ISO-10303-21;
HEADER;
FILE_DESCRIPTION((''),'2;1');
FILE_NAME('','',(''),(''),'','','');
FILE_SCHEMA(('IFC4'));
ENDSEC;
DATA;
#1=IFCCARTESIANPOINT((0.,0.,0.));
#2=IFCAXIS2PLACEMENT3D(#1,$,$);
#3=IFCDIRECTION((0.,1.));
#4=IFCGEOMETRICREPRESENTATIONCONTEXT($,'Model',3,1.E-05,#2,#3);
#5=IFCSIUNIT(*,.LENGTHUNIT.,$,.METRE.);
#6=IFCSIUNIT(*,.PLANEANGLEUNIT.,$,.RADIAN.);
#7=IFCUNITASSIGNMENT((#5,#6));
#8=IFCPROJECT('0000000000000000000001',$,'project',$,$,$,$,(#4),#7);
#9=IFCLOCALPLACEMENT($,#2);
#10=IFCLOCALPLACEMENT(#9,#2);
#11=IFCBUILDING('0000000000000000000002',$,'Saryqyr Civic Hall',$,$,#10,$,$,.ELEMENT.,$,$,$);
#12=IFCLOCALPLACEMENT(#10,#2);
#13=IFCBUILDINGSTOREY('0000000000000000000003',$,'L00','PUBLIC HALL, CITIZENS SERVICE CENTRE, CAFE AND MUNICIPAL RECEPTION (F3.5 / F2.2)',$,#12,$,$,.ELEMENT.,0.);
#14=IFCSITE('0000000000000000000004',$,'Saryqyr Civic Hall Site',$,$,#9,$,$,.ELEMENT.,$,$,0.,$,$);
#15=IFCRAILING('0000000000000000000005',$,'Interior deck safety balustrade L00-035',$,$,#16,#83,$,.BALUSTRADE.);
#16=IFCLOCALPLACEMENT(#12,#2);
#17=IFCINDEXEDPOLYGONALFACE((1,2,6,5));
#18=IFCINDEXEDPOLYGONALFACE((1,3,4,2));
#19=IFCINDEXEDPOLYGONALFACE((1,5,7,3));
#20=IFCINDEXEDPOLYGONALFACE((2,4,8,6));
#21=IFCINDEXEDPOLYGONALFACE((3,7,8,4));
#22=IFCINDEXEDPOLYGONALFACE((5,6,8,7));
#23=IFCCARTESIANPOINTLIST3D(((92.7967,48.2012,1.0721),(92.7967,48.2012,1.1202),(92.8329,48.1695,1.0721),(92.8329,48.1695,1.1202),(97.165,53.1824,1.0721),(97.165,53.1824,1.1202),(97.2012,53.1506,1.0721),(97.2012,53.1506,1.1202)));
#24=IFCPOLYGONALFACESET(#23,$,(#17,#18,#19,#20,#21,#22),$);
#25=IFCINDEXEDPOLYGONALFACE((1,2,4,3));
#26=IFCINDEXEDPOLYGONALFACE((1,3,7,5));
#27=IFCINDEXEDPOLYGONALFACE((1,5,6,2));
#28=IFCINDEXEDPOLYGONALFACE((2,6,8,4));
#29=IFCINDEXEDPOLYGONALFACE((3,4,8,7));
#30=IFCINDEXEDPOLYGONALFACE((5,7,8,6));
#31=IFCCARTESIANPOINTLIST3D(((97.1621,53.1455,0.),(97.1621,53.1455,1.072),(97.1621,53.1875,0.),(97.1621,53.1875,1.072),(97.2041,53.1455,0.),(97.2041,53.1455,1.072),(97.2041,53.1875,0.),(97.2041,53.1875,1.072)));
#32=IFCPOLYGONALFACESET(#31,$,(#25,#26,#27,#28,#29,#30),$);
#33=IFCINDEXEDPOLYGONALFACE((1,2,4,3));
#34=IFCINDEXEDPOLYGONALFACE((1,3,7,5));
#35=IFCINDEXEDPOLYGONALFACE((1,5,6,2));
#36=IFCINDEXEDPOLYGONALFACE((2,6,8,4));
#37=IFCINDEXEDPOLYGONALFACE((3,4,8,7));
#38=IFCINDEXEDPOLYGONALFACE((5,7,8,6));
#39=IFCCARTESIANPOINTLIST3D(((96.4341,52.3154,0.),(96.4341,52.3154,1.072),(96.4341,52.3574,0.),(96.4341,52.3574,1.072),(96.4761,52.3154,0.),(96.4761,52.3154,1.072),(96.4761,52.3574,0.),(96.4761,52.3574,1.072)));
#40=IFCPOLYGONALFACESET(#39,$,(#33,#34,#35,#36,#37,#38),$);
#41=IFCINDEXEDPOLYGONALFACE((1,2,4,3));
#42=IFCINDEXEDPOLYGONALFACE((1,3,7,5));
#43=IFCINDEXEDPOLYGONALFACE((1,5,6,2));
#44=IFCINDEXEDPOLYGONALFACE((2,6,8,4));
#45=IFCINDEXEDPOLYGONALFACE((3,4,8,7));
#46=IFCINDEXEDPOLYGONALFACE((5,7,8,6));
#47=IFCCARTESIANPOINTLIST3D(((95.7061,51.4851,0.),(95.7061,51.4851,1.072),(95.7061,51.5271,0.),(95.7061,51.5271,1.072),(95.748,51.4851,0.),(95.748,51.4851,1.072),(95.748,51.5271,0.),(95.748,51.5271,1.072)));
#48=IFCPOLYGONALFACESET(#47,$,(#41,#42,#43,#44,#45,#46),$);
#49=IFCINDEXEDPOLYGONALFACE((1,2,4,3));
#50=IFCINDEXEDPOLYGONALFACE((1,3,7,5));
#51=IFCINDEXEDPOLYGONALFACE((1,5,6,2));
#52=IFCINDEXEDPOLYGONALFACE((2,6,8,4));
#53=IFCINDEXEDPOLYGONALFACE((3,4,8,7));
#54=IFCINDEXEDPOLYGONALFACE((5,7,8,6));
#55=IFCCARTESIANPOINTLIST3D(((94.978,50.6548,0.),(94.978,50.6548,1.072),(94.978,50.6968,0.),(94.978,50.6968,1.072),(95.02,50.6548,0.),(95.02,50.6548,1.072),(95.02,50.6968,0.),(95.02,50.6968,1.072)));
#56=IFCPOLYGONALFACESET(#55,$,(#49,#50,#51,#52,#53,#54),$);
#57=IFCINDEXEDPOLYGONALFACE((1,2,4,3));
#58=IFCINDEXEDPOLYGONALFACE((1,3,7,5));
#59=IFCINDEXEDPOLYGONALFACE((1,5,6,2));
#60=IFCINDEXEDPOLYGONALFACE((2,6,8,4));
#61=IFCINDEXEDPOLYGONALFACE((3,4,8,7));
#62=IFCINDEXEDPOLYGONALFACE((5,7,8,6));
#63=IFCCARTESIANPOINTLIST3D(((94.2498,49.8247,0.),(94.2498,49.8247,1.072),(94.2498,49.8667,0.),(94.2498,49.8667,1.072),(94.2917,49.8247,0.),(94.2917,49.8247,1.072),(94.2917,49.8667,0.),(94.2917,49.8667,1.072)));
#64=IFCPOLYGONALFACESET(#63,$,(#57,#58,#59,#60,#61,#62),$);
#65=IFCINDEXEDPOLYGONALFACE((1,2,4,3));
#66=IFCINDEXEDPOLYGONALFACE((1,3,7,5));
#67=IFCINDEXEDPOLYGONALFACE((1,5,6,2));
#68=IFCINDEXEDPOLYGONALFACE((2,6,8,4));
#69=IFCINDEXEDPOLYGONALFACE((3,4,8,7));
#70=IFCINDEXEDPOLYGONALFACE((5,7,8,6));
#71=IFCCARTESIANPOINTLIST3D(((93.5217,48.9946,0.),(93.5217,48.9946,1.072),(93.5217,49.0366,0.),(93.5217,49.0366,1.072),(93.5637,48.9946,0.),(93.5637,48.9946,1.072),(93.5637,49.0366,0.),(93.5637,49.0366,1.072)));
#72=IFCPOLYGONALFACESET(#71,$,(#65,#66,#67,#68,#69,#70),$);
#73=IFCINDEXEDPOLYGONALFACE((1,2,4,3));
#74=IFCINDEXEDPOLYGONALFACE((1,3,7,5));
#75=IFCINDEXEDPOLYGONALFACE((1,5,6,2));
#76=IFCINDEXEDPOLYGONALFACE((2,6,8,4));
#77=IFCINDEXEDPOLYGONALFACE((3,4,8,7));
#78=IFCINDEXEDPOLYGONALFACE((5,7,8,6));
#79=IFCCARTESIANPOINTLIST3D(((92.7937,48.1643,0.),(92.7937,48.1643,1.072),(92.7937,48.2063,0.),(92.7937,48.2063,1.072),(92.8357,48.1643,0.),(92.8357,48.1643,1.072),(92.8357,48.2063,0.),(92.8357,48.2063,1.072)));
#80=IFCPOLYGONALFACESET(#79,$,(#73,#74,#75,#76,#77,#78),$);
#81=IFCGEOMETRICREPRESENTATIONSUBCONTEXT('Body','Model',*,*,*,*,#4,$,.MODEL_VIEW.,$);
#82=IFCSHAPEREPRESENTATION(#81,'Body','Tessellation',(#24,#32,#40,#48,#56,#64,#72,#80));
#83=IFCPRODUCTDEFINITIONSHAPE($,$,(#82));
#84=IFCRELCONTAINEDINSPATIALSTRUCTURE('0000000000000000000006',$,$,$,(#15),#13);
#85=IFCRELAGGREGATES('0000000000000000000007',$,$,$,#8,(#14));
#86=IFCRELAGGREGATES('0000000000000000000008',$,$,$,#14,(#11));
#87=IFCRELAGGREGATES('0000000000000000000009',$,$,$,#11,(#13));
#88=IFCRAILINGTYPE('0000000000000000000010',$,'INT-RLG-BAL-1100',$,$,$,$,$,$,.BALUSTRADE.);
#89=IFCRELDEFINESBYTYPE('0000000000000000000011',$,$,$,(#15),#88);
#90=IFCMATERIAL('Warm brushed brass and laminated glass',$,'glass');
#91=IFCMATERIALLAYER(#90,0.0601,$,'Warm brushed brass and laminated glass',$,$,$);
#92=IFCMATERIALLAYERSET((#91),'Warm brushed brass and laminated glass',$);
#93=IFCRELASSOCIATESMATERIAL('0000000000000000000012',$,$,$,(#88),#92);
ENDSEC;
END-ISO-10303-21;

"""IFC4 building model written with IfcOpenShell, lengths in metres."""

from ifc_helpers import new_model, si_unit, direction, frame, origin, origin_2d, place, context, subcontext, project, spatial, rectangle, extrude, material, layer, layer_set, type_object, element, save


model = new_model("IFC4")

# Units and contexts
model_context = context("Model", 3, precision=1e-05, world=origin(), true_north=direction((0.0, 1.0)))
body_context = subcontext(model_context, "Body", "Model", "MODEL_VIEW")
ifc_project = project(units=[si_unit("LENGTHUNIT", "METRE"), si_unit("PLANEANGLEUNIT", "RADIAN")], contexts=[model_context])

# Site, building, storey
site_placement = place(None, origin())
site = spatial("IfcSite", under=ifc_project, at=site_placement, Name="Saryqyr Civic Hall Site", CompositionType="ELEMENT", RefElevation=0.0)
building_placement = place(site_placement, origin())
building = spatial("IfcBuilding", under=site, at=building_placement, Name="Saryqyr Civic Hall", CompositionType="ELEMENT")
storey_placement = place(building_placement, origin())
storey = spatial("IfcBuildingStorey", under=building, at=storey_placement, Name="L00", Description="PUBLIC HALL, CITIZENS SERVICE CENTRE, CAFE AND MUNICIPAL RECEPTION (F3.5 / F2.2)", CompositionType="ELEMENT", Elevation=0.0)

# Railing
ifc_material_1 = material(Name="Warm brushed brass and laminated glass", Category="glass")
ifc_layer_1 = layer(ifc_material_1, 0.0601, Name="Warm brushed brass and laminated glass")
ifc_layer_set_1 = layer_set([ifc_layer_1], Name="Warm brushed brass and laminated glass")
railing_type = type_object("IfcRailingType", Name="INT-RLG-BAL-1100", PredefinedType="BALUSTRADE", material=ifc_layer_set_1)
railing_1_placement = place(storey_placement, frame((97.1831, 53.1665, 0.0)))
element("IfcRailing", 1, at=railing_1_placement, inside=storey, type_object=railing_type, Name="Interior deck safety balustrade L00-035", PredefinedType="BALUSTRADE", context=body_context, shape_type="SweptSolid", body=[
    extrude(rectangle(XDim=0.0481, YDim=0.0481, at=origin_2d()), frame((0.0, 0.0, 1.0962), z_axis=(-0.659347, -0.751839, 0.0), x_axis=(0.751839, -0.659347, 0.0)), (0.0, 0.0, 1.0), 6.6252),
    extrude(rectangle(XDim=0.042, YDim=0.042, at=origin_2d()), origin(), (0.0, 0.0, 1.0), 1.072),
    extrude(rectangle(XDim=0.042, YDim=0.042, at=origin_2d()), frame((-0.728, -0.8301, 0.0)), (0.0, 0.0, 1.0), 1.072),
    extrude(rectangle(XDim=0.042, YDim=0.042, at=origin_2d()), frame((-1.4561, -1.6604, 0.0)), (0.0, 0.0, 1.0), 1.072),
    extrude(rectangle(XDim=0.042, YDim=0.042, at=origin_2d()), frame((-2.1841, -2.4907, 0.0)), (0.0, 0.0, 1.0), 1.072),
    extrude(rectangle(XDim=0.042, YDim=0.042, at=origin_2d()), frame((-2.9124, -3.3208, 0.0)), (0.0, 0.0, 1.0), 1.072),
    extrude(rectangle(XDim=0.042, YDim=0.042, at=origin_2d()), frame((-3.6404, -4.1509, 0.0)), (0.0, 0.0, 1.0), 1.072),
    extrude(rectangle(XDim=0.042, YDim=0.042, at=origin_2d()), frame((-4.3684, -4.9812, 0.0)), (0.0, 0.0, 1.0), 1.072),
])

save(model, "model.ifc")
